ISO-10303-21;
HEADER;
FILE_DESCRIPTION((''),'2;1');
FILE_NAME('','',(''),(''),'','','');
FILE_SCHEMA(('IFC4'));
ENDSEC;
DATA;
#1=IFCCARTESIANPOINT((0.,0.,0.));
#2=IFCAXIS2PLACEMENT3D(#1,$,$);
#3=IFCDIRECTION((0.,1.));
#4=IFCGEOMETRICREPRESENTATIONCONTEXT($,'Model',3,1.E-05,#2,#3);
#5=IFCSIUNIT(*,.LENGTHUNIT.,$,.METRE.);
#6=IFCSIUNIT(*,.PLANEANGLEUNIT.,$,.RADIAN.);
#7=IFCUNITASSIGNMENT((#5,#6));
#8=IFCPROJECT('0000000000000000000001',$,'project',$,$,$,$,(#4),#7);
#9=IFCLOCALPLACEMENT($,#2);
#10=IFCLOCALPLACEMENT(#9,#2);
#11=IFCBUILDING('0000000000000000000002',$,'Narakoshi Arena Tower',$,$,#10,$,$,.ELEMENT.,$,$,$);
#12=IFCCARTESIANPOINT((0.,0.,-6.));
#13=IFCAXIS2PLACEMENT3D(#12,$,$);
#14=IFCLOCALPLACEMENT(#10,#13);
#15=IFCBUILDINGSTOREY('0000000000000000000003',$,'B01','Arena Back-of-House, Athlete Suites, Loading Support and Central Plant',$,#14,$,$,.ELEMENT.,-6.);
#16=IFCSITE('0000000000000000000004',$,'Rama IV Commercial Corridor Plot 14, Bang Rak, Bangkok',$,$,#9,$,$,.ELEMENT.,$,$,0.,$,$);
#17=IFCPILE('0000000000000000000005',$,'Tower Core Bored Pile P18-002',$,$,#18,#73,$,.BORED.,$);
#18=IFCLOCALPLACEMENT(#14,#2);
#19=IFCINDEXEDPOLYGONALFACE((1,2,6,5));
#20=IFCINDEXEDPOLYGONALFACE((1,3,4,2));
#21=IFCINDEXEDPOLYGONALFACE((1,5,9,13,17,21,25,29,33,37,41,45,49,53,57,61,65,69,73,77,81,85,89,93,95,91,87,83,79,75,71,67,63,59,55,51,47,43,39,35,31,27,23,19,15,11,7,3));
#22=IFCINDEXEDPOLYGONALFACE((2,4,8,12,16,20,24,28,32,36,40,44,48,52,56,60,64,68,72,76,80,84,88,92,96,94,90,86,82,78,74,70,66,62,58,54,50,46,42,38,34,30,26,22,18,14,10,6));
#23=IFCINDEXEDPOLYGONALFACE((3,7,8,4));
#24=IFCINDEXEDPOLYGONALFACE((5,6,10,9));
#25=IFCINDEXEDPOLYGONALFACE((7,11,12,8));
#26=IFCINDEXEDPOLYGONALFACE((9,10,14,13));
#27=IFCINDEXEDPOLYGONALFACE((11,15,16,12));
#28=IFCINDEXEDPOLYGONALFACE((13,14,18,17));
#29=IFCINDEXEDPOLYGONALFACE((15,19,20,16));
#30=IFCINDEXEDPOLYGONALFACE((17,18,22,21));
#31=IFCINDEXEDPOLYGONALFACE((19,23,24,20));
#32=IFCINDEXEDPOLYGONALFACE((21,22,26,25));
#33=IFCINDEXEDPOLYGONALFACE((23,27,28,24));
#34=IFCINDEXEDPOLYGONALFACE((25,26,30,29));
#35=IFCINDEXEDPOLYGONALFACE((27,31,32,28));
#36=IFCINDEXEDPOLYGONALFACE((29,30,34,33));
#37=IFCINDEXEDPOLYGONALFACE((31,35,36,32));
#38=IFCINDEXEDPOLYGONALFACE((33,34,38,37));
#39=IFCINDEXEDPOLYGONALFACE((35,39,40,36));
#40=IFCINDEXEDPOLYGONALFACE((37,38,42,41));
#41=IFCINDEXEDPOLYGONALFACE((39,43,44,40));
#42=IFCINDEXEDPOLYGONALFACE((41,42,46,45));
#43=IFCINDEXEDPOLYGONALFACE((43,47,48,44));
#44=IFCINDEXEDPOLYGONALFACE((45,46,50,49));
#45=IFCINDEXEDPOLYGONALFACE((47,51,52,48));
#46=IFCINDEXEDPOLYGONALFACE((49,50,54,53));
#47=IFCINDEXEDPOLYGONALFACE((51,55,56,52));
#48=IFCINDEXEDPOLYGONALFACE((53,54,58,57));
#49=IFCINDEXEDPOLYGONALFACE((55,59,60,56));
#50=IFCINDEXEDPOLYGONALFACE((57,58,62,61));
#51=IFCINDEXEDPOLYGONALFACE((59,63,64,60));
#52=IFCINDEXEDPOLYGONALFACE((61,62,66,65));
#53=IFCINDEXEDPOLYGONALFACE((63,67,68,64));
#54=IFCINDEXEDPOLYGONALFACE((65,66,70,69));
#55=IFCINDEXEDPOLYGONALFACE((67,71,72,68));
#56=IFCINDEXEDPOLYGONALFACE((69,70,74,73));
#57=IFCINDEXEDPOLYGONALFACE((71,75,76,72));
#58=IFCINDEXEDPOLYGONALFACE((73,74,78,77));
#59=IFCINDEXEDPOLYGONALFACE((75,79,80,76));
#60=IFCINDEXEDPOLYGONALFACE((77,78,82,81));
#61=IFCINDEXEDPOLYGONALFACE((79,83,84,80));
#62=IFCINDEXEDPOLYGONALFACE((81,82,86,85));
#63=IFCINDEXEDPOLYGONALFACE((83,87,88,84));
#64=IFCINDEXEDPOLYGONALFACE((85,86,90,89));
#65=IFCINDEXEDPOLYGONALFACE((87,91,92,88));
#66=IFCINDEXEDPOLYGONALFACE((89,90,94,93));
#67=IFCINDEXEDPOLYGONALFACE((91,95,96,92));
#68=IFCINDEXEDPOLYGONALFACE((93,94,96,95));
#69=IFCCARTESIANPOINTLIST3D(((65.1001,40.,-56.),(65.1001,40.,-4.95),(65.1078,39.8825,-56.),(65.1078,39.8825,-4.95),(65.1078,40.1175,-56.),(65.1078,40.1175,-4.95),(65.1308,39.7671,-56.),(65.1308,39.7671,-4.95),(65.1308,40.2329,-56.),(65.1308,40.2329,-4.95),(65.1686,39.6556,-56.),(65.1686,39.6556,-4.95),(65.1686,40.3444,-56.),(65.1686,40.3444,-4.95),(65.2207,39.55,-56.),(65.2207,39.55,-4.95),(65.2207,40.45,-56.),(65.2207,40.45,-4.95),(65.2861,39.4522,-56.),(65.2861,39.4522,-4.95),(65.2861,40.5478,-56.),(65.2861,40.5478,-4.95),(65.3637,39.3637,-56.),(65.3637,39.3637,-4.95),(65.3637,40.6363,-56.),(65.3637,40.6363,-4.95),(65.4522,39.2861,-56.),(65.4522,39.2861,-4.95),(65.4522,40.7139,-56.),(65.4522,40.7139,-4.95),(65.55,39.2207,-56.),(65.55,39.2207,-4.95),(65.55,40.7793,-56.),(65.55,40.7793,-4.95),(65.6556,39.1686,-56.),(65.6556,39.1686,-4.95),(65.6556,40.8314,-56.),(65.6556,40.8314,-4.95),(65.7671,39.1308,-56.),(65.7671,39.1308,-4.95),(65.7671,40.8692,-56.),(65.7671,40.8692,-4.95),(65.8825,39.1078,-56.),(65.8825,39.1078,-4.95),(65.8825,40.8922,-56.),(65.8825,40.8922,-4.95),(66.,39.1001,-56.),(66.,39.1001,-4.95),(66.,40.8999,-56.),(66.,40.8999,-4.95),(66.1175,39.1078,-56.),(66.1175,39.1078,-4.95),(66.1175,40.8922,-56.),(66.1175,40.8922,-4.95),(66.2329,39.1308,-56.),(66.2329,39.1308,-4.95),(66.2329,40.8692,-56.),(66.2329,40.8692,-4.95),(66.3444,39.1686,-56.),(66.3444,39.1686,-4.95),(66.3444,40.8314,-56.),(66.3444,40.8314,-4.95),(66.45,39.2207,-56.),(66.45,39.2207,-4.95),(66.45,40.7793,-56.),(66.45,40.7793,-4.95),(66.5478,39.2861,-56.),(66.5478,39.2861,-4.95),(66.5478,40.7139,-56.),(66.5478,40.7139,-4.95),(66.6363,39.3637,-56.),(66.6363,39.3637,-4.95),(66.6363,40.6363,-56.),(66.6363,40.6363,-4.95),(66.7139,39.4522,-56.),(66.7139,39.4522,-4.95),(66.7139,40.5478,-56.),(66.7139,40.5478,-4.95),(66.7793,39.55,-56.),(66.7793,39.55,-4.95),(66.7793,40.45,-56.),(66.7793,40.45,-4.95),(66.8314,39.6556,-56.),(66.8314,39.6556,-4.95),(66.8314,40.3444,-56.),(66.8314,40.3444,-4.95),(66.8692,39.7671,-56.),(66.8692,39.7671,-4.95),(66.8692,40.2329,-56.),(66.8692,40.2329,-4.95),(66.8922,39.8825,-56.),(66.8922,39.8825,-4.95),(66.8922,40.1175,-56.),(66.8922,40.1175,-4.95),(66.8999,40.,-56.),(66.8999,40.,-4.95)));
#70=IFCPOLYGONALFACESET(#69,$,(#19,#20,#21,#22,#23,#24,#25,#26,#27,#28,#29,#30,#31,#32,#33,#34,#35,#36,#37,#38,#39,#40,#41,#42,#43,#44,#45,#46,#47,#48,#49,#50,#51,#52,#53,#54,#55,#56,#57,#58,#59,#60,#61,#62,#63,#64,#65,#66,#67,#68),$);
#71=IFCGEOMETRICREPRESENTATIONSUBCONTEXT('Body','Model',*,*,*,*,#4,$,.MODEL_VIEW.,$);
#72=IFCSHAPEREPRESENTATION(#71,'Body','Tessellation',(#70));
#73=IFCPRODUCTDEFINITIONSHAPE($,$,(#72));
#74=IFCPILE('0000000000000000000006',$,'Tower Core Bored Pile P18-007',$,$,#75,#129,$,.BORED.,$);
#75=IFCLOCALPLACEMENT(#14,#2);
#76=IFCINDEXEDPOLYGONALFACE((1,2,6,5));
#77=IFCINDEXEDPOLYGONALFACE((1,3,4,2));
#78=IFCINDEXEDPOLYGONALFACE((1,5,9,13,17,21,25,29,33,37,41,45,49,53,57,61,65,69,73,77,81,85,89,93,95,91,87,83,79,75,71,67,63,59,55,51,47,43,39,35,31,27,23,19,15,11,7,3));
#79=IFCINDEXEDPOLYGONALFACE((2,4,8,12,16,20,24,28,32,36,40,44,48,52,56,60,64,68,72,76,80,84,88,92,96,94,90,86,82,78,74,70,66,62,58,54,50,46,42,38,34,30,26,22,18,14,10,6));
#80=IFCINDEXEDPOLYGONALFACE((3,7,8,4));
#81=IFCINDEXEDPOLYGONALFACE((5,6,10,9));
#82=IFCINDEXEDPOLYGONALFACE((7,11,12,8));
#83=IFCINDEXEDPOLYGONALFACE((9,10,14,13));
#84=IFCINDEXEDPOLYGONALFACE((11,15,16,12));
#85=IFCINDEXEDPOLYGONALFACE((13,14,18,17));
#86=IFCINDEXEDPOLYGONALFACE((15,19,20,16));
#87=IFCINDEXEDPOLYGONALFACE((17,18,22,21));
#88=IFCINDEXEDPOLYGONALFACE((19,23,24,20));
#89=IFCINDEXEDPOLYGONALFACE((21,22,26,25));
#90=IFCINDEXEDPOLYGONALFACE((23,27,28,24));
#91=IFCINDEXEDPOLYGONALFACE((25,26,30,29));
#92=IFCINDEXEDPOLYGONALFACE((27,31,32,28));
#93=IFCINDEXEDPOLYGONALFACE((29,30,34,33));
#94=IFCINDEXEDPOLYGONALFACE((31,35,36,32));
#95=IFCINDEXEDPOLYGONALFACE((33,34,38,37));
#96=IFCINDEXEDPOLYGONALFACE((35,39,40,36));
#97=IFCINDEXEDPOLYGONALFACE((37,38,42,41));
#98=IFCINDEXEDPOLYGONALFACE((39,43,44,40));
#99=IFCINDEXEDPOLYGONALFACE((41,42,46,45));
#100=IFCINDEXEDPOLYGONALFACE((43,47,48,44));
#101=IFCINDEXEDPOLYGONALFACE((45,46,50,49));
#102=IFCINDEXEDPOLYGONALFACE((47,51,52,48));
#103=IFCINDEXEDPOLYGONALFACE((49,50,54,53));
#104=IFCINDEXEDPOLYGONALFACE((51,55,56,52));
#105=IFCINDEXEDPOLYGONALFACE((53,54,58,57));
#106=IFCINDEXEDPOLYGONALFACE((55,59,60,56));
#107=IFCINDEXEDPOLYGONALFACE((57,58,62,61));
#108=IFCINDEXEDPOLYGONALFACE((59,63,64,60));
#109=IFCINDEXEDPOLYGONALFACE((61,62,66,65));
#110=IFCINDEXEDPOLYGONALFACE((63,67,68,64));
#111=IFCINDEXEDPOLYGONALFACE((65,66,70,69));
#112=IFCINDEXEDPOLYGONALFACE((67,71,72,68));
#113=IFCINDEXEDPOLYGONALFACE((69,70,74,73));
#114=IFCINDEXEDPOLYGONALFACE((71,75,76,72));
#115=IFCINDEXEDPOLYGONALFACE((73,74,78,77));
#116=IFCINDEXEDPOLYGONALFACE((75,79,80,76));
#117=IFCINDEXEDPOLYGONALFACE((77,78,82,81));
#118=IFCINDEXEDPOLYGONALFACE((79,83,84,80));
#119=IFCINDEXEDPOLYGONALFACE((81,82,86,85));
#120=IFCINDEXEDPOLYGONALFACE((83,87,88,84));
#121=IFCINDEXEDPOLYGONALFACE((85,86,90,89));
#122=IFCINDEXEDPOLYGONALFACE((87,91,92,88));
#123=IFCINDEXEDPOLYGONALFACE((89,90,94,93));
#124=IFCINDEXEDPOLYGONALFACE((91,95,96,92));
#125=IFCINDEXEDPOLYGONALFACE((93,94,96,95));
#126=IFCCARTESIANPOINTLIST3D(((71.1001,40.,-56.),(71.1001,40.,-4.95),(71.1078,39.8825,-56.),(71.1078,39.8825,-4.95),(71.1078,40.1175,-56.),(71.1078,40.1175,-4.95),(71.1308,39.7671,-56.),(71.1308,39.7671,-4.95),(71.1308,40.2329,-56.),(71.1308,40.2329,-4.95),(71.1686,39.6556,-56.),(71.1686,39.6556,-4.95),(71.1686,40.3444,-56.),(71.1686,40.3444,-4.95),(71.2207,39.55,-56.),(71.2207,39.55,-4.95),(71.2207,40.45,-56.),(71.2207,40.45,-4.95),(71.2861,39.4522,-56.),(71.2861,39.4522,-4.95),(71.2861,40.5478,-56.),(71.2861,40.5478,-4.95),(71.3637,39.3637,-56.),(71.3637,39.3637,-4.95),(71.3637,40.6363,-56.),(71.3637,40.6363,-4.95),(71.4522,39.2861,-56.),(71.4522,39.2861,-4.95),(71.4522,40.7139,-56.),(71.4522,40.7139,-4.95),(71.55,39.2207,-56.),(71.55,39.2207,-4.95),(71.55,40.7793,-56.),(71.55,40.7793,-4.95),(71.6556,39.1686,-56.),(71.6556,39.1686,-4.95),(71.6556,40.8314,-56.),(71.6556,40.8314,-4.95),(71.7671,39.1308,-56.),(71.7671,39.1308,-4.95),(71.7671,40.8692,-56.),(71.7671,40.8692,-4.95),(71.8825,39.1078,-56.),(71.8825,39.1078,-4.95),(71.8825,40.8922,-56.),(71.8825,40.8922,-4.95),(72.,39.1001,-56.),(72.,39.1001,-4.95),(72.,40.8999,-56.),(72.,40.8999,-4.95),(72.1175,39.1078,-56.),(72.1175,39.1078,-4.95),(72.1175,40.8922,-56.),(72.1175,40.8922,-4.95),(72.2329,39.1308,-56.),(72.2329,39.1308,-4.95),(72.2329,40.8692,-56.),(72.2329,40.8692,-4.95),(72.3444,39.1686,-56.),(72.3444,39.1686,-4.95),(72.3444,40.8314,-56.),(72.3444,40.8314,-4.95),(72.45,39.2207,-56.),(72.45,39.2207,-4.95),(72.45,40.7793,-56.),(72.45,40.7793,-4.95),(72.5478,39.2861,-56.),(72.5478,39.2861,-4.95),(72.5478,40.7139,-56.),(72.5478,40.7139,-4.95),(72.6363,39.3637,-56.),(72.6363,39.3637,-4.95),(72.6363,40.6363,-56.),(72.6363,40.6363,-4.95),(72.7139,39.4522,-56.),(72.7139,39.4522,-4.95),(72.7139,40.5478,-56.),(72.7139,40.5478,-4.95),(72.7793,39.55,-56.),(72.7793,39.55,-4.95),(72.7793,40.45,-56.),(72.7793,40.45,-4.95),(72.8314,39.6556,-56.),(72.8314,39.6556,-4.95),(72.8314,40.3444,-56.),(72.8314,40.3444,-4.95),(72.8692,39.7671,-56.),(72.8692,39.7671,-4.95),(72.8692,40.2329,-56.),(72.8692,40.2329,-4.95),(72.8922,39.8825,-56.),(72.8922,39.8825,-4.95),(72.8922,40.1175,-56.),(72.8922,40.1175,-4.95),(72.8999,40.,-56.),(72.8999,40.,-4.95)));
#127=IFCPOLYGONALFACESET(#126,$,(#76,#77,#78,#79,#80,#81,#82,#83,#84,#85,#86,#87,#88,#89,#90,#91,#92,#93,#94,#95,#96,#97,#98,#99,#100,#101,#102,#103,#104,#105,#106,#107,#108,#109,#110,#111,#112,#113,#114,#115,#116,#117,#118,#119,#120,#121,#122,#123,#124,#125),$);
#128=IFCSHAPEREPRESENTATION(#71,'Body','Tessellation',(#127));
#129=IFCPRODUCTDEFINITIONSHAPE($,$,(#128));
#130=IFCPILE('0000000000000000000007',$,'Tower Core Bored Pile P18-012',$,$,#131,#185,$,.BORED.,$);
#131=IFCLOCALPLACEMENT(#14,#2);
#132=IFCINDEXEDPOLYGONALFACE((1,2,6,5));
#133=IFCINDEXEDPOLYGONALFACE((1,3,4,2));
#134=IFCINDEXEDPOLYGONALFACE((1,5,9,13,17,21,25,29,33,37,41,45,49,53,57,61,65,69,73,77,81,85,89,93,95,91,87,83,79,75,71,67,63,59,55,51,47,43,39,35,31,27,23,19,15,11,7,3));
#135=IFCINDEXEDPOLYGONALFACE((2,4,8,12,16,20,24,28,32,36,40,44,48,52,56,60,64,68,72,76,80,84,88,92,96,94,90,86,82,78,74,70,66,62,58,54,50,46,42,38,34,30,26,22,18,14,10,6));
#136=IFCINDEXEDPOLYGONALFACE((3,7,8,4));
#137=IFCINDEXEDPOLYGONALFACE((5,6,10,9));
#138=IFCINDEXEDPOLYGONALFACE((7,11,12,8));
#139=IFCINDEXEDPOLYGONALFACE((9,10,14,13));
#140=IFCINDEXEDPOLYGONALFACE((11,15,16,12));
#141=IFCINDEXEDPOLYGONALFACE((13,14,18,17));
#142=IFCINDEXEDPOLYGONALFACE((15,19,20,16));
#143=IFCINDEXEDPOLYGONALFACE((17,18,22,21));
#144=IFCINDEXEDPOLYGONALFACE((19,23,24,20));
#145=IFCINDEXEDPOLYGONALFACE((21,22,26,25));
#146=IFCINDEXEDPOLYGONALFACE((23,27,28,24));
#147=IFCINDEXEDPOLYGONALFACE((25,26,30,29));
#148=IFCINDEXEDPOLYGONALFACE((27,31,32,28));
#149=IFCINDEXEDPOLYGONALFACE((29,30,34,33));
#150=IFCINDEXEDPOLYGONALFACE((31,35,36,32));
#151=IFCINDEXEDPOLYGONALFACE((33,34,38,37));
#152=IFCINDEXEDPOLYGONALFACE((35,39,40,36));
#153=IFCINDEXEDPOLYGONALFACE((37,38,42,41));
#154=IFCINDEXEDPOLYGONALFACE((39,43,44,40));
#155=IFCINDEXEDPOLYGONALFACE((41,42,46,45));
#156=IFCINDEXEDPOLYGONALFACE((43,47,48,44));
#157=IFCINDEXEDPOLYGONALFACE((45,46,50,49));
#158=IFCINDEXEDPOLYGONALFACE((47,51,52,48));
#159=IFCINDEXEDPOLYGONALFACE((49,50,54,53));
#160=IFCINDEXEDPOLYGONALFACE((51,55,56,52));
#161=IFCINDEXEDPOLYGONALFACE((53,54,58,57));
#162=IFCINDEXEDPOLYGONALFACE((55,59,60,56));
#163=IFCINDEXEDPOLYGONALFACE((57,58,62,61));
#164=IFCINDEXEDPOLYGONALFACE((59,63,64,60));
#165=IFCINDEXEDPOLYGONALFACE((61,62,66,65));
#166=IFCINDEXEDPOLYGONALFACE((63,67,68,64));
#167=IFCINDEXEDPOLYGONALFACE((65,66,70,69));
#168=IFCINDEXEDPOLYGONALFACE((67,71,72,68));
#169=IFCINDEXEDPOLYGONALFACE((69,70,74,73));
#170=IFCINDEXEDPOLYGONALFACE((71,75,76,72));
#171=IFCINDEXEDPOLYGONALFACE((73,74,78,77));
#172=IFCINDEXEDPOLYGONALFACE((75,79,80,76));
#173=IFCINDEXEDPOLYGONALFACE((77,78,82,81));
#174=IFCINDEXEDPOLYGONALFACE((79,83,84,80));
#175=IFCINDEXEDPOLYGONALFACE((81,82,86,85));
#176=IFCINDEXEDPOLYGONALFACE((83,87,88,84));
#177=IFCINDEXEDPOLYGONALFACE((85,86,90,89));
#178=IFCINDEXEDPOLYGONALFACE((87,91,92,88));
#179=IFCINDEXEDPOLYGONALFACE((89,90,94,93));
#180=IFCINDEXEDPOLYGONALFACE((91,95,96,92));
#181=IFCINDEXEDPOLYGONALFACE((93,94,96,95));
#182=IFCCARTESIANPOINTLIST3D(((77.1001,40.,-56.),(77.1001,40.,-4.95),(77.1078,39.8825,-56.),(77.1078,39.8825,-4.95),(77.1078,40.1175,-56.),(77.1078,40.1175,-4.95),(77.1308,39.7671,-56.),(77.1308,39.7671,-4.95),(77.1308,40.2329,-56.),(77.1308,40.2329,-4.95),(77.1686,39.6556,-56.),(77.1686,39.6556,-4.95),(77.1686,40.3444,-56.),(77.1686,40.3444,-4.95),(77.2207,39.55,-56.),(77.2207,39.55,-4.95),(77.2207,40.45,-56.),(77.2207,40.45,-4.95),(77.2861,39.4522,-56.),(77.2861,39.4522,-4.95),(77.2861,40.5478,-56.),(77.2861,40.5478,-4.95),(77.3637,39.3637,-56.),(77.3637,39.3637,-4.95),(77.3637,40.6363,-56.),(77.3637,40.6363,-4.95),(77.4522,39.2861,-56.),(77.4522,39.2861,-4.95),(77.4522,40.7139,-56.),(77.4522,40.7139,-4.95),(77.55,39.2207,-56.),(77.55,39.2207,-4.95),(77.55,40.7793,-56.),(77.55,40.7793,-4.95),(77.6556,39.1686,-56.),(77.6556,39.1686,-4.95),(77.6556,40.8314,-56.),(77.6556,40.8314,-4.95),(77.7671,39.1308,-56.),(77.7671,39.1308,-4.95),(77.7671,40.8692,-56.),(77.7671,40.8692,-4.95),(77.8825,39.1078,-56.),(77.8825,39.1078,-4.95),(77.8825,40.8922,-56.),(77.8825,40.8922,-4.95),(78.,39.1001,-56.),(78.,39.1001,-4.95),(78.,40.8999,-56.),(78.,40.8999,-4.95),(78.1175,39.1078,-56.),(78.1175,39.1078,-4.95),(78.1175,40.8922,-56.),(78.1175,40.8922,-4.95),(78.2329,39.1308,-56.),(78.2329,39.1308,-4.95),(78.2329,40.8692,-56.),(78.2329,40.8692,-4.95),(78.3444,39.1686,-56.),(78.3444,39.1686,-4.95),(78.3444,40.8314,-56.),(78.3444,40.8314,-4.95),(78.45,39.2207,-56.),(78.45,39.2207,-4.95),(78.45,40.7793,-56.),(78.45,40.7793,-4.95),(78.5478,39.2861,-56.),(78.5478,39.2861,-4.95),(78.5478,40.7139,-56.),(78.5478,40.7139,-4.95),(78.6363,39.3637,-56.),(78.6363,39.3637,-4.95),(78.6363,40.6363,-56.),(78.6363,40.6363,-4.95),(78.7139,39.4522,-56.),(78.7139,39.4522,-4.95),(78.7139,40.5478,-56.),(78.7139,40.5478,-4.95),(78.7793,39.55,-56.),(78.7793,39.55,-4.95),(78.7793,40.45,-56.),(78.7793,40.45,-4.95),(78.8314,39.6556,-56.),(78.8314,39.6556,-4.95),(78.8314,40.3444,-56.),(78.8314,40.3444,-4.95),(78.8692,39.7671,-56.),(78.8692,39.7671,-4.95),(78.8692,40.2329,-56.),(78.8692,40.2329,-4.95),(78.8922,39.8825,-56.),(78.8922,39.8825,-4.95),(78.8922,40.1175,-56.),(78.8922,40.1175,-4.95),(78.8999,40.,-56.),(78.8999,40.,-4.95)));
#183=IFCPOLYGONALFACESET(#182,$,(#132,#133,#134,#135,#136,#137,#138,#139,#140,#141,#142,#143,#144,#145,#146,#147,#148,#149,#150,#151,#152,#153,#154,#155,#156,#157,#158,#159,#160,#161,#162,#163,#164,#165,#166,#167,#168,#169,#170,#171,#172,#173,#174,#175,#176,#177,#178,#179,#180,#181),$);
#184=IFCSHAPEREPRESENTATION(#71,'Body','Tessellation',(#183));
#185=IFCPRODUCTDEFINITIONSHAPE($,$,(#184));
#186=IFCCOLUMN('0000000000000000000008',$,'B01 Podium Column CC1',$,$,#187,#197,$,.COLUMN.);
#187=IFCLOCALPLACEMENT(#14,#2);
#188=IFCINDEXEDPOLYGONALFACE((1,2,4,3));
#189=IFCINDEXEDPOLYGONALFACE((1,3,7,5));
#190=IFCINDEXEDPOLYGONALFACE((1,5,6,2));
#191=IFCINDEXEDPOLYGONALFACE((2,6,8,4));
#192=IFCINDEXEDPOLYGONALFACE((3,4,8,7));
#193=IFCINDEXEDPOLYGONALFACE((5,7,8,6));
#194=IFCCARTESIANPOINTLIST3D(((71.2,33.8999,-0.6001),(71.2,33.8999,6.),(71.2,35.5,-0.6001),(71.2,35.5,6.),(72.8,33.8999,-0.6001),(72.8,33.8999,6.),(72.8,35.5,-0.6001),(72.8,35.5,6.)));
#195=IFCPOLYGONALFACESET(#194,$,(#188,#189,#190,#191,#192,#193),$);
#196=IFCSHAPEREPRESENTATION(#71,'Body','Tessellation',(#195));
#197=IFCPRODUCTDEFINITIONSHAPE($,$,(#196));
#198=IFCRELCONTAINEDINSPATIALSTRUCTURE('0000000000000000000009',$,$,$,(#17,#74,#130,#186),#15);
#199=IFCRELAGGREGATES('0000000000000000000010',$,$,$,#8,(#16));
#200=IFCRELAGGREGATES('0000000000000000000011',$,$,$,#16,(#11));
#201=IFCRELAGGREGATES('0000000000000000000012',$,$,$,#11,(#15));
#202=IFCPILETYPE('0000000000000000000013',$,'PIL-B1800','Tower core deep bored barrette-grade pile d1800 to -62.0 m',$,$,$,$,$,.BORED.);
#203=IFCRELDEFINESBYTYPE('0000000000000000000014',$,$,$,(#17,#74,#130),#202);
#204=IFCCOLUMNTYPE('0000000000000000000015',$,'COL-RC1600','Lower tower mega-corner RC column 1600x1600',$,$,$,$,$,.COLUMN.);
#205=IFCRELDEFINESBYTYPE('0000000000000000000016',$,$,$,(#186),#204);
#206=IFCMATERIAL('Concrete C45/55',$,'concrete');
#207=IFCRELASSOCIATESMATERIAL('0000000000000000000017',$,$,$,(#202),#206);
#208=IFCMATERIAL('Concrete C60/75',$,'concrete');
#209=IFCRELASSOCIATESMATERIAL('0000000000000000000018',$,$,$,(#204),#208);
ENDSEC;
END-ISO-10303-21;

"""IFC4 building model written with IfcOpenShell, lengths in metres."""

from ifc_helpers import new_model, si_unit, direction, frame, origin, origin_2d, place, context, subcontext, project, spatial, rectangle, circle, extrude, material, material_profile, profile_set, type_object, element, save


model = new_model("IFC4")

# Units and contexts
model_context = context("Model", 3, precision=1e-05, world=origin(), true_north=direction((0.0, 1.0)))
body_context = subcontext(model_context, "Body", "Model", "MODEL_VIEW")
ifc_project = project(units=[si_unit("LENGTHUNIT", "METRE"), si_unit("PLANEANGLEUNIT", "RADIAN")], contexts=[model_context])

# Site, building, storey
site_placement = place(None, origin())
site = spatial("IfcSite", under=ifc_project, at=site_placement, Name="Rama IV Commercial Corridor Plot 14, Bang Rak, Bangkok", CompositionType="ELEMENT", RefElevation=0.0)
building_placement = place(site_placement, origin())
building = spatial("IfcBuilding", under=site, at=building_placement, Name="Narakoshi Arena Tower", CompositionType="ELEMENT")
storey_placement = place(building_placement, frame((0.0, 0.0, -6.0)))
storey = spatial("IfcBuildingStorey", under=building, at=storey_placement, Name="B01", Description="Arena Back-of-House, Athlete Suites, Loading Support and Central Plant", CompositionType="ELEMENT", Elevation=-6.0)

# Piles
ifc_material_1 = material(Name="Concrete C45/55", Category="concrete")
ifc_material_profile_1 = material_profile(ifc_material_1, circle(Radius=0.8999, at=origin_2d()), Name="PILE-D1800")
ifc_profile_set_1 = profile_set([ifc_material_profile_1], Name="Concrete C45/55")
pile_type = type_object("IfcPileType", Name="PIL-B1800", Description="Tower core deep bored barrette-grade pile d1800 to -62.0 m", PredefinedType="BORED", material=ifc_profile_set_1)
for number, where, z_axis, x_axis, name in (
    (1, (66.0, 40.0, -4.95), (0.0, 0.0, -1.0), (1.0, 0.0, 0.0), "Tower Core Bored Pile P18-002"),
    (2, (72.0, 40.0, -4.95), (0.0, 0.0, -1.0), (1.0, 0.0, 0.0), "Tower Core Bored Pile P18-007"),
    (3, (78.0, 40.0, -4.95), (0.0, 0.0, -1.0), (1.0, 0.0, 0.0), "Tower Core Bored Pile P18-012"),
):
    element("IfcPile", number, at=place(storey_placement, frame(where, z_axis=z_axis, x_axis=x_axis)), inside=storey, type_object=pile_type, Name=name, PredefinedType="BORED", context=body_context, shape_type="SweptSolid", body=[
        extrude(circle(Radius=0.8999, at=origin_2d()), origin(), (0.0, 0.0, 1.0), 51.05),
    ])

# Column
ifc_material_2 = material(Name="Concrete C60/75", Category="concrete")
ifc_material_profile_2 = material_profile(ifc_material_2, rectangle(XDim=1.6001, YDim=1.6001, at=origin_2d()), Name="RC1600x1600")
ifc_profile_set_2 = profile_set([ifc_material_profile_2], Name="Concrete C60/75")
column_type = type_object("IfcColumnType", Name="COL-RC1600", Description="Lower tower mega-corner RC column 1600x1600", PredefinedType="COLUMN", material=ifc_profile_set_2)
column_placement = place(storey_placement, frame((72.0, 34.7, -0.6001), z_axis=(0.0, 0.0, 1.0), x_axis=(1.0, 0.0, 0.0)))
element("IfcColumn", 4, at=column_placement, inside=storey, type_object=column_type, Name="B01 Podium Column CC1", PredefinedType="COLUMN", context=body_context, shape_type="SweptSolid", body=[
    extrude(rectangle(XDim=1.6001, YDim=1.6001, at=origin_2d()), origin(), (0.0, 0.0, 1.0), 6.6001),
])

save(model, "model.ifc")
